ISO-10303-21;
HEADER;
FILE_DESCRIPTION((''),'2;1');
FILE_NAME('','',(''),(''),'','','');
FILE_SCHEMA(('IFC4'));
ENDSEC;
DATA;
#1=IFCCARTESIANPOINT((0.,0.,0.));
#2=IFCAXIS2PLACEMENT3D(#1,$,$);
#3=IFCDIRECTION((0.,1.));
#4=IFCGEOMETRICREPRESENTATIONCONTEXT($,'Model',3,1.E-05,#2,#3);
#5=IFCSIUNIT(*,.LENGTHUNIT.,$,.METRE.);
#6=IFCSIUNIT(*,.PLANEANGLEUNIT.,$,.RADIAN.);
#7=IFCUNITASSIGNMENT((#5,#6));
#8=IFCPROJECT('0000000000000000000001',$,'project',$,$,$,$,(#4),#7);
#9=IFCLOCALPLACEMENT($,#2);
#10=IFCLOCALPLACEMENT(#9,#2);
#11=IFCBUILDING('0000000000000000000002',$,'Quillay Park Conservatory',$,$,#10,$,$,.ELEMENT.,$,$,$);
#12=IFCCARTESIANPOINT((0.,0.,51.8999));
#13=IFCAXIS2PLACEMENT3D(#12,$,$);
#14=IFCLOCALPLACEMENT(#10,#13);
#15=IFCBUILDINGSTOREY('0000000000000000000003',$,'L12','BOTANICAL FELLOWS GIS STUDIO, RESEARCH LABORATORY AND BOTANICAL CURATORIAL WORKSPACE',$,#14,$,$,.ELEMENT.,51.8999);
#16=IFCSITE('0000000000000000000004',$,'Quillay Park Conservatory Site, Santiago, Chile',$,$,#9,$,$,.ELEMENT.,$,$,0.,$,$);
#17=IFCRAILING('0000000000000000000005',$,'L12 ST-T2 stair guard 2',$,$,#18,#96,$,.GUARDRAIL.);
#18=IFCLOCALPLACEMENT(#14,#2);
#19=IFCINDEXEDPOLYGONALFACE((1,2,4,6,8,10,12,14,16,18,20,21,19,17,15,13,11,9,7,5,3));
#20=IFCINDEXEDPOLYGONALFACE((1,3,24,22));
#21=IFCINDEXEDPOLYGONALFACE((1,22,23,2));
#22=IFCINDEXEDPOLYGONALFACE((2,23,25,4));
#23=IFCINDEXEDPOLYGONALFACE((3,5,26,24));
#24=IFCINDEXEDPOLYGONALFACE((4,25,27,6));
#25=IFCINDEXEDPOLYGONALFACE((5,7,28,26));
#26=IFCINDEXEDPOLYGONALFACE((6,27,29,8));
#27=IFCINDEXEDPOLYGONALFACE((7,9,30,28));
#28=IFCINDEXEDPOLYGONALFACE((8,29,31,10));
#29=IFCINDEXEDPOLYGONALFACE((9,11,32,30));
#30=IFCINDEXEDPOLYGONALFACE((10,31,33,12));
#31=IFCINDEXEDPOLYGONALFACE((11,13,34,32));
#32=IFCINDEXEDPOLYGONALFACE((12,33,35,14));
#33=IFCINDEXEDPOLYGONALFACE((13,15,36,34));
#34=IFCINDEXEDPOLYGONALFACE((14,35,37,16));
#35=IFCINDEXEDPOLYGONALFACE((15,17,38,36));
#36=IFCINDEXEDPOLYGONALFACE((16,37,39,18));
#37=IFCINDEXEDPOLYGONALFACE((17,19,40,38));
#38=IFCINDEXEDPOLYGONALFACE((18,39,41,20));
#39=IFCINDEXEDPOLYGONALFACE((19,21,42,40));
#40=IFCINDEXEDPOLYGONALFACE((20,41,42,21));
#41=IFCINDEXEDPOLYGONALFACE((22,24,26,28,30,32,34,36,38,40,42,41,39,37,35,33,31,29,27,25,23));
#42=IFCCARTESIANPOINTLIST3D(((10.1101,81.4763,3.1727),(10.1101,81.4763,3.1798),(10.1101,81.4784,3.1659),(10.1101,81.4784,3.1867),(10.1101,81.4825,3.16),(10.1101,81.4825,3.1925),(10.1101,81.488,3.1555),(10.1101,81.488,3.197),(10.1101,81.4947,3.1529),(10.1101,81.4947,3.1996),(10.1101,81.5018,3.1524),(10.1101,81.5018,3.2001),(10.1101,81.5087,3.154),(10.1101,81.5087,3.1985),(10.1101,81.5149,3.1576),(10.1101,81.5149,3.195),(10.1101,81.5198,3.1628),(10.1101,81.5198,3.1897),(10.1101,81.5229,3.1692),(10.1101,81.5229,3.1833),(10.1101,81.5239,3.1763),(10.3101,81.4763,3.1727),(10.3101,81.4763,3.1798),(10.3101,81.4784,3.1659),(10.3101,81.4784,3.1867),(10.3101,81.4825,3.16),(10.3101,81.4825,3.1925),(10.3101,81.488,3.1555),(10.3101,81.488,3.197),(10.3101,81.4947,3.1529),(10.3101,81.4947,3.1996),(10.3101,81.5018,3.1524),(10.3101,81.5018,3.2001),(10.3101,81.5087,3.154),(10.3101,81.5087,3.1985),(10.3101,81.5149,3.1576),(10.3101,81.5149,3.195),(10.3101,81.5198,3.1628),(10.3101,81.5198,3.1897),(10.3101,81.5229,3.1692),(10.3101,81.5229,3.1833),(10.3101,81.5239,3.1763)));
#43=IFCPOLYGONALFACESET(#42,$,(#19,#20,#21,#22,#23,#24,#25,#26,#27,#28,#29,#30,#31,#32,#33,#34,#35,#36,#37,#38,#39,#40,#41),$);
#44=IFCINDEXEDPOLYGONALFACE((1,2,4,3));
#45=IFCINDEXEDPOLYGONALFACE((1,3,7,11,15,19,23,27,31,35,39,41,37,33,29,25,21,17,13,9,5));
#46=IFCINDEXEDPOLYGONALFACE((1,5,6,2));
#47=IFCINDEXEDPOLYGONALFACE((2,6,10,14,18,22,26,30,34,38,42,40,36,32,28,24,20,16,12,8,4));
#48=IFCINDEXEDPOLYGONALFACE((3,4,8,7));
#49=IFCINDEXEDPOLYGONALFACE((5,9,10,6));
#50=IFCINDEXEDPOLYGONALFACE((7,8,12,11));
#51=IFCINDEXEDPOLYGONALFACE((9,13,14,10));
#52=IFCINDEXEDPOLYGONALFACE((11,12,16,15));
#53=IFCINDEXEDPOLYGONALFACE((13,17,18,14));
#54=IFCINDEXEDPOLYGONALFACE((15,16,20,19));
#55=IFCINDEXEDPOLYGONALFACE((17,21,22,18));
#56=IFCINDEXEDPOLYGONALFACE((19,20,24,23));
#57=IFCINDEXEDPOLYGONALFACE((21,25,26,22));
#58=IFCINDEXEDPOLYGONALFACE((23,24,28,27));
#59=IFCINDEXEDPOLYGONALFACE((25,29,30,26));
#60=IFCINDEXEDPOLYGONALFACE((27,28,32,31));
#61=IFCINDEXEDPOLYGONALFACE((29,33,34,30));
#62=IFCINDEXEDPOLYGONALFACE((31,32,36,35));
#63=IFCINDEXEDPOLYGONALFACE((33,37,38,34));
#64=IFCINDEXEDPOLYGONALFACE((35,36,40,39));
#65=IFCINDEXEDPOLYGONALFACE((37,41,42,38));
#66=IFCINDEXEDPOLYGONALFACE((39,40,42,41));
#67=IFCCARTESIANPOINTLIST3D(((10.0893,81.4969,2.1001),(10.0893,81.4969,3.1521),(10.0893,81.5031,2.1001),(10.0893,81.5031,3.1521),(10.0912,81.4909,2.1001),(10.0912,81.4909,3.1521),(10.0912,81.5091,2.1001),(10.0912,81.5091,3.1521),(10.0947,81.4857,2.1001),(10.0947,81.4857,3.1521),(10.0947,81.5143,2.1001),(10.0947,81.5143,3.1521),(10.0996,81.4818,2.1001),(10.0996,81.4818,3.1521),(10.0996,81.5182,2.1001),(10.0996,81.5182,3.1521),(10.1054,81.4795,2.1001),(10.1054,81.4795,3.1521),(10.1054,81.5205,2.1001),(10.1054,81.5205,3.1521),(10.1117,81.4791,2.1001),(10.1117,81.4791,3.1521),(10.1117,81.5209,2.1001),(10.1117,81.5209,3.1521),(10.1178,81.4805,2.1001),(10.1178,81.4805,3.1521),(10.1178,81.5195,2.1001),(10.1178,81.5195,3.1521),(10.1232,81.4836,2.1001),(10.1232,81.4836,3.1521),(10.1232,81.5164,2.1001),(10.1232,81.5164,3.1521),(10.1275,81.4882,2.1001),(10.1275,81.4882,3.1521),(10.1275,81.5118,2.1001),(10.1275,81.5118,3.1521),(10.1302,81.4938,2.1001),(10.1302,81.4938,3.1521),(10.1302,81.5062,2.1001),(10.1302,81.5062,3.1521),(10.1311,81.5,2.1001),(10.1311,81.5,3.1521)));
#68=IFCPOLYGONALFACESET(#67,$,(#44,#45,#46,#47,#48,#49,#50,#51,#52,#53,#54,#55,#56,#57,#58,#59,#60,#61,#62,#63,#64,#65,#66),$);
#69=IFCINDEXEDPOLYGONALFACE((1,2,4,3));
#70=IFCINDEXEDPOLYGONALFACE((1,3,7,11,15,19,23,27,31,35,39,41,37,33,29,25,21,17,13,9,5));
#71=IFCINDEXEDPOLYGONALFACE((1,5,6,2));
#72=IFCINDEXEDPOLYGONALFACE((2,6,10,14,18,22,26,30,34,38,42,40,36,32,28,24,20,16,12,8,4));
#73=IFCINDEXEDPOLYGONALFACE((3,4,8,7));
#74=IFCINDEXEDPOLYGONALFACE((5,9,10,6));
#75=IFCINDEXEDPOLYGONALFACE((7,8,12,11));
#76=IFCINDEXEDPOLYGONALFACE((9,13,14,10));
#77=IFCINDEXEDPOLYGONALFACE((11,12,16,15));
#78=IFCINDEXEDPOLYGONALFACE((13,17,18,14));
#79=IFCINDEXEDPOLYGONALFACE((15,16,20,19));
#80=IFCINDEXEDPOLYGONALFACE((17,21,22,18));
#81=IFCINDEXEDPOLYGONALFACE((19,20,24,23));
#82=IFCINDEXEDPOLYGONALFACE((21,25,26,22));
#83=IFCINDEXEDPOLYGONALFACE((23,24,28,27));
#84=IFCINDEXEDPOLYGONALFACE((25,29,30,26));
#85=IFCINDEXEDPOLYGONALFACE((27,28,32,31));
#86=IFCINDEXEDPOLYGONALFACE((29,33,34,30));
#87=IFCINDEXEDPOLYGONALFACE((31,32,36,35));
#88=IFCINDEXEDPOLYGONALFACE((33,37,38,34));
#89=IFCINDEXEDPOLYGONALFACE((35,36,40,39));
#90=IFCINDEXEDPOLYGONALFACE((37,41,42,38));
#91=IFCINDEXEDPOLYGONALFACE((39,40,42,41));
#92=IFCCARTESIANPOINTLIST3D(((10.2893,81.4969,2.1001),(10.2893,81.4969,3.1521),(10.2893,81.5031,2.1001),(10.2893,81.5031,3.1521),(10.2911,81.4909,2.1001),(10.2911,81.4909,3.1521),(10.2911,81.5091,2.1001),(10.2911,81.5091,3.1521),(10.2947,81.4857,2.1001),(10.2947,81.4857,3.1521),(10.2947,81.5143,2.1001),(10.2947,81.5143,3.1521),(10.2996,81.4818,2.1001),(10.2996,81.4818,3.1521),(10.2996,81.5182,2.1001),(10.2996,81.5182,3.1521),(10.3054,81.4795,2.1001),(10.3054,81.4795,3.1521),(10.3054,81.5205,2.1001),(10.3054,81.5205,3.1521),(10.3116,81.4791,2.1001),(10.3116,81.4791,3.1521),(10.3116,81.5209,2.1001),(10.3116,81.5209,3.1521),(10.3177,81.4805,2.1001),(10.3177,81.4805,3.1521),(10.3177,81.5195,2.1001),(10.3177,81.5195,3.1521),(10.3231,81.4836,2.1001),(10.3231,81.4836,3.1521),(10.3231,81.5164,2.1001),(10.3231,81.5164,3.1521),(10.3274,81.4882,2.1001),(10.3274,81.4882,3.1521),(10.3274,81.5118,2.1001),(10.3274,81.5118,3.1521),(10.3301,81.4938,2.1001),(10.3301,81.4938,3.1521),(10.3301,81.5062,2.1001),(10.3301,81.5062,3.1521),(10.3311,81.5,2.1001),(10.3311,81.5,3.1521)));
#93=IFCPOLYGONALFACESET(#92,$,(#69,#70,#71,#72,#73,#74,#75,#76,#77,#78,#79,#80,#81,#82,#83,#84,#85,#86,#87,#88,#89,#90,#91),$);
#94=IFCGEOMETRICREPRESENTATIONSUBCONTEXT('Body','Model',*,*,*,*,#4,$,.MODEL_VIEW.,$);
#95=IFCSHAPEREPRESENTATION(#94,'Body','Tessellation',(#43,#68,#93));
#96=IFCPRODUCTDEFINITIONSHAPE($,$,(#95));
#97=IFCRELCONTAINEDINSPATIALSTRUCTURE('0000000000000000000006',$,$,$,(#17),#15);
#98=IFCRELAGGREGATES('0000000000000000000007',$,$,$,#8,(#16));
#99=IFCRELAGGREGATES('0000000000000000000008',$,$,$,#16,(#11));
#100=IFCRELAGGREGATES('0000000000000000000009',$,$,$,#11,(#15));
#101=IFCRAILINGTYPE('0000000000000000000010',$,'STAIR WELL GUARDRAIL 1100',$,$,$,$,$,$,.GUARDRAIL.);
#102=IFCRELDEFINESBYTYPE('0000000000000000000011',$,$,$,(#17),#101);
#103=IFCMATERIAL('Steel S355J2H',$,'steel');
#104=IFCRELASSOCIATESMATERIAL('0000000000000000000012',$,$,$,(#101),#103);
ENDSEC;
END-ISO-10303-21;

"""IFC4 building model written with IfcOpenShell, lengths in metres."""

from ifc_helpers import new_model, si_unit, direction, frame, origin, origin_2d, place, context, subcontext, project, spatial, circle, extrude, material, type_object, element, save


model = new_model("IFC4")

# Units and contexts
model_context = context("Model", 3, precision=1e-05, world=origin(), true_north=direction((0.0, 1.0)))
body_context = subcontext(model_context, "Body", "Model", "MODEL_VIEW")
ifc_project = project(units=[si_unit("LENGTHUNIT", "METRE"), si_unit("PLANEANGLEUNIT", "RADIAN")], contexts=[model_context])

# Site, building, storey
site_placement = place(None, origin())
site = spatial("IfcSite", under=ifc_project, at=site_placement, Name="Quillay Park Conservatory Site, Santiago, Chile", CompositionType="ELEMENT", RefElevation=0.0)
building_placement = place(site_placement, origin())
building = spatial("IfcBuilding", under=site, at=building_placement, Name="Quillay Park Conservatory", CompositionType="ELEMENT")
storey_placement = place(building_placement, frame((0.0, 0.0, 51.8999)))
storey = spatial("IfcBuildingStorey", under=building, at=storey_placement, Name="L12", Description="BOTANICAL FELLOWS GIS STUDIO, RESEARCH LABORATORY AND BOTANICAL CURATORIAL WORKSPACE", CompositionType="ELEMENT", Elevation=51.8999)

# Railing
ifc_material_1 = material(Name="Steel S355J2H", Category="steel")
railing_type_1 = type_object("IfcRailingType", Name="STAIR WELL GUARDRAIL 1100", PredefinedType="GUARDRAIL", material=ifc_material_1)
railing_1_placement = place(storey_placement, frame((10.1101, 81.5, 2.1001)))
element("IfcRailing", 1, at=railing_1_placement, inside=storey, type_object=railing_type_1, Name="L12 ST-T2 stair guard 2", PredefinedType="GUARDRAIL", context=body_context, shape_type="SweptSolid", body=[
    extrude(circle(Radius=0.0239, at=origin_2d()), frame((0.0, 0.0, 1.0762), z_axis=(1.0, 0.0, 0.0), x_axis=(0.0, 1.0, 0.0)), (0.0, 0.0, 1.0), 0.2),
    extrude(circle(Radius=0.021, at=origin_2d()), origin(), (0.0, 0.0, 1.0), 1.052),
    extrude(circle(Radius=0.021, at=origin_2d()), frame((0.2, 0.0, 0.0)), (0.0, 0.0, 1.0), 1.052),
])

save(model, "model.ifc")
